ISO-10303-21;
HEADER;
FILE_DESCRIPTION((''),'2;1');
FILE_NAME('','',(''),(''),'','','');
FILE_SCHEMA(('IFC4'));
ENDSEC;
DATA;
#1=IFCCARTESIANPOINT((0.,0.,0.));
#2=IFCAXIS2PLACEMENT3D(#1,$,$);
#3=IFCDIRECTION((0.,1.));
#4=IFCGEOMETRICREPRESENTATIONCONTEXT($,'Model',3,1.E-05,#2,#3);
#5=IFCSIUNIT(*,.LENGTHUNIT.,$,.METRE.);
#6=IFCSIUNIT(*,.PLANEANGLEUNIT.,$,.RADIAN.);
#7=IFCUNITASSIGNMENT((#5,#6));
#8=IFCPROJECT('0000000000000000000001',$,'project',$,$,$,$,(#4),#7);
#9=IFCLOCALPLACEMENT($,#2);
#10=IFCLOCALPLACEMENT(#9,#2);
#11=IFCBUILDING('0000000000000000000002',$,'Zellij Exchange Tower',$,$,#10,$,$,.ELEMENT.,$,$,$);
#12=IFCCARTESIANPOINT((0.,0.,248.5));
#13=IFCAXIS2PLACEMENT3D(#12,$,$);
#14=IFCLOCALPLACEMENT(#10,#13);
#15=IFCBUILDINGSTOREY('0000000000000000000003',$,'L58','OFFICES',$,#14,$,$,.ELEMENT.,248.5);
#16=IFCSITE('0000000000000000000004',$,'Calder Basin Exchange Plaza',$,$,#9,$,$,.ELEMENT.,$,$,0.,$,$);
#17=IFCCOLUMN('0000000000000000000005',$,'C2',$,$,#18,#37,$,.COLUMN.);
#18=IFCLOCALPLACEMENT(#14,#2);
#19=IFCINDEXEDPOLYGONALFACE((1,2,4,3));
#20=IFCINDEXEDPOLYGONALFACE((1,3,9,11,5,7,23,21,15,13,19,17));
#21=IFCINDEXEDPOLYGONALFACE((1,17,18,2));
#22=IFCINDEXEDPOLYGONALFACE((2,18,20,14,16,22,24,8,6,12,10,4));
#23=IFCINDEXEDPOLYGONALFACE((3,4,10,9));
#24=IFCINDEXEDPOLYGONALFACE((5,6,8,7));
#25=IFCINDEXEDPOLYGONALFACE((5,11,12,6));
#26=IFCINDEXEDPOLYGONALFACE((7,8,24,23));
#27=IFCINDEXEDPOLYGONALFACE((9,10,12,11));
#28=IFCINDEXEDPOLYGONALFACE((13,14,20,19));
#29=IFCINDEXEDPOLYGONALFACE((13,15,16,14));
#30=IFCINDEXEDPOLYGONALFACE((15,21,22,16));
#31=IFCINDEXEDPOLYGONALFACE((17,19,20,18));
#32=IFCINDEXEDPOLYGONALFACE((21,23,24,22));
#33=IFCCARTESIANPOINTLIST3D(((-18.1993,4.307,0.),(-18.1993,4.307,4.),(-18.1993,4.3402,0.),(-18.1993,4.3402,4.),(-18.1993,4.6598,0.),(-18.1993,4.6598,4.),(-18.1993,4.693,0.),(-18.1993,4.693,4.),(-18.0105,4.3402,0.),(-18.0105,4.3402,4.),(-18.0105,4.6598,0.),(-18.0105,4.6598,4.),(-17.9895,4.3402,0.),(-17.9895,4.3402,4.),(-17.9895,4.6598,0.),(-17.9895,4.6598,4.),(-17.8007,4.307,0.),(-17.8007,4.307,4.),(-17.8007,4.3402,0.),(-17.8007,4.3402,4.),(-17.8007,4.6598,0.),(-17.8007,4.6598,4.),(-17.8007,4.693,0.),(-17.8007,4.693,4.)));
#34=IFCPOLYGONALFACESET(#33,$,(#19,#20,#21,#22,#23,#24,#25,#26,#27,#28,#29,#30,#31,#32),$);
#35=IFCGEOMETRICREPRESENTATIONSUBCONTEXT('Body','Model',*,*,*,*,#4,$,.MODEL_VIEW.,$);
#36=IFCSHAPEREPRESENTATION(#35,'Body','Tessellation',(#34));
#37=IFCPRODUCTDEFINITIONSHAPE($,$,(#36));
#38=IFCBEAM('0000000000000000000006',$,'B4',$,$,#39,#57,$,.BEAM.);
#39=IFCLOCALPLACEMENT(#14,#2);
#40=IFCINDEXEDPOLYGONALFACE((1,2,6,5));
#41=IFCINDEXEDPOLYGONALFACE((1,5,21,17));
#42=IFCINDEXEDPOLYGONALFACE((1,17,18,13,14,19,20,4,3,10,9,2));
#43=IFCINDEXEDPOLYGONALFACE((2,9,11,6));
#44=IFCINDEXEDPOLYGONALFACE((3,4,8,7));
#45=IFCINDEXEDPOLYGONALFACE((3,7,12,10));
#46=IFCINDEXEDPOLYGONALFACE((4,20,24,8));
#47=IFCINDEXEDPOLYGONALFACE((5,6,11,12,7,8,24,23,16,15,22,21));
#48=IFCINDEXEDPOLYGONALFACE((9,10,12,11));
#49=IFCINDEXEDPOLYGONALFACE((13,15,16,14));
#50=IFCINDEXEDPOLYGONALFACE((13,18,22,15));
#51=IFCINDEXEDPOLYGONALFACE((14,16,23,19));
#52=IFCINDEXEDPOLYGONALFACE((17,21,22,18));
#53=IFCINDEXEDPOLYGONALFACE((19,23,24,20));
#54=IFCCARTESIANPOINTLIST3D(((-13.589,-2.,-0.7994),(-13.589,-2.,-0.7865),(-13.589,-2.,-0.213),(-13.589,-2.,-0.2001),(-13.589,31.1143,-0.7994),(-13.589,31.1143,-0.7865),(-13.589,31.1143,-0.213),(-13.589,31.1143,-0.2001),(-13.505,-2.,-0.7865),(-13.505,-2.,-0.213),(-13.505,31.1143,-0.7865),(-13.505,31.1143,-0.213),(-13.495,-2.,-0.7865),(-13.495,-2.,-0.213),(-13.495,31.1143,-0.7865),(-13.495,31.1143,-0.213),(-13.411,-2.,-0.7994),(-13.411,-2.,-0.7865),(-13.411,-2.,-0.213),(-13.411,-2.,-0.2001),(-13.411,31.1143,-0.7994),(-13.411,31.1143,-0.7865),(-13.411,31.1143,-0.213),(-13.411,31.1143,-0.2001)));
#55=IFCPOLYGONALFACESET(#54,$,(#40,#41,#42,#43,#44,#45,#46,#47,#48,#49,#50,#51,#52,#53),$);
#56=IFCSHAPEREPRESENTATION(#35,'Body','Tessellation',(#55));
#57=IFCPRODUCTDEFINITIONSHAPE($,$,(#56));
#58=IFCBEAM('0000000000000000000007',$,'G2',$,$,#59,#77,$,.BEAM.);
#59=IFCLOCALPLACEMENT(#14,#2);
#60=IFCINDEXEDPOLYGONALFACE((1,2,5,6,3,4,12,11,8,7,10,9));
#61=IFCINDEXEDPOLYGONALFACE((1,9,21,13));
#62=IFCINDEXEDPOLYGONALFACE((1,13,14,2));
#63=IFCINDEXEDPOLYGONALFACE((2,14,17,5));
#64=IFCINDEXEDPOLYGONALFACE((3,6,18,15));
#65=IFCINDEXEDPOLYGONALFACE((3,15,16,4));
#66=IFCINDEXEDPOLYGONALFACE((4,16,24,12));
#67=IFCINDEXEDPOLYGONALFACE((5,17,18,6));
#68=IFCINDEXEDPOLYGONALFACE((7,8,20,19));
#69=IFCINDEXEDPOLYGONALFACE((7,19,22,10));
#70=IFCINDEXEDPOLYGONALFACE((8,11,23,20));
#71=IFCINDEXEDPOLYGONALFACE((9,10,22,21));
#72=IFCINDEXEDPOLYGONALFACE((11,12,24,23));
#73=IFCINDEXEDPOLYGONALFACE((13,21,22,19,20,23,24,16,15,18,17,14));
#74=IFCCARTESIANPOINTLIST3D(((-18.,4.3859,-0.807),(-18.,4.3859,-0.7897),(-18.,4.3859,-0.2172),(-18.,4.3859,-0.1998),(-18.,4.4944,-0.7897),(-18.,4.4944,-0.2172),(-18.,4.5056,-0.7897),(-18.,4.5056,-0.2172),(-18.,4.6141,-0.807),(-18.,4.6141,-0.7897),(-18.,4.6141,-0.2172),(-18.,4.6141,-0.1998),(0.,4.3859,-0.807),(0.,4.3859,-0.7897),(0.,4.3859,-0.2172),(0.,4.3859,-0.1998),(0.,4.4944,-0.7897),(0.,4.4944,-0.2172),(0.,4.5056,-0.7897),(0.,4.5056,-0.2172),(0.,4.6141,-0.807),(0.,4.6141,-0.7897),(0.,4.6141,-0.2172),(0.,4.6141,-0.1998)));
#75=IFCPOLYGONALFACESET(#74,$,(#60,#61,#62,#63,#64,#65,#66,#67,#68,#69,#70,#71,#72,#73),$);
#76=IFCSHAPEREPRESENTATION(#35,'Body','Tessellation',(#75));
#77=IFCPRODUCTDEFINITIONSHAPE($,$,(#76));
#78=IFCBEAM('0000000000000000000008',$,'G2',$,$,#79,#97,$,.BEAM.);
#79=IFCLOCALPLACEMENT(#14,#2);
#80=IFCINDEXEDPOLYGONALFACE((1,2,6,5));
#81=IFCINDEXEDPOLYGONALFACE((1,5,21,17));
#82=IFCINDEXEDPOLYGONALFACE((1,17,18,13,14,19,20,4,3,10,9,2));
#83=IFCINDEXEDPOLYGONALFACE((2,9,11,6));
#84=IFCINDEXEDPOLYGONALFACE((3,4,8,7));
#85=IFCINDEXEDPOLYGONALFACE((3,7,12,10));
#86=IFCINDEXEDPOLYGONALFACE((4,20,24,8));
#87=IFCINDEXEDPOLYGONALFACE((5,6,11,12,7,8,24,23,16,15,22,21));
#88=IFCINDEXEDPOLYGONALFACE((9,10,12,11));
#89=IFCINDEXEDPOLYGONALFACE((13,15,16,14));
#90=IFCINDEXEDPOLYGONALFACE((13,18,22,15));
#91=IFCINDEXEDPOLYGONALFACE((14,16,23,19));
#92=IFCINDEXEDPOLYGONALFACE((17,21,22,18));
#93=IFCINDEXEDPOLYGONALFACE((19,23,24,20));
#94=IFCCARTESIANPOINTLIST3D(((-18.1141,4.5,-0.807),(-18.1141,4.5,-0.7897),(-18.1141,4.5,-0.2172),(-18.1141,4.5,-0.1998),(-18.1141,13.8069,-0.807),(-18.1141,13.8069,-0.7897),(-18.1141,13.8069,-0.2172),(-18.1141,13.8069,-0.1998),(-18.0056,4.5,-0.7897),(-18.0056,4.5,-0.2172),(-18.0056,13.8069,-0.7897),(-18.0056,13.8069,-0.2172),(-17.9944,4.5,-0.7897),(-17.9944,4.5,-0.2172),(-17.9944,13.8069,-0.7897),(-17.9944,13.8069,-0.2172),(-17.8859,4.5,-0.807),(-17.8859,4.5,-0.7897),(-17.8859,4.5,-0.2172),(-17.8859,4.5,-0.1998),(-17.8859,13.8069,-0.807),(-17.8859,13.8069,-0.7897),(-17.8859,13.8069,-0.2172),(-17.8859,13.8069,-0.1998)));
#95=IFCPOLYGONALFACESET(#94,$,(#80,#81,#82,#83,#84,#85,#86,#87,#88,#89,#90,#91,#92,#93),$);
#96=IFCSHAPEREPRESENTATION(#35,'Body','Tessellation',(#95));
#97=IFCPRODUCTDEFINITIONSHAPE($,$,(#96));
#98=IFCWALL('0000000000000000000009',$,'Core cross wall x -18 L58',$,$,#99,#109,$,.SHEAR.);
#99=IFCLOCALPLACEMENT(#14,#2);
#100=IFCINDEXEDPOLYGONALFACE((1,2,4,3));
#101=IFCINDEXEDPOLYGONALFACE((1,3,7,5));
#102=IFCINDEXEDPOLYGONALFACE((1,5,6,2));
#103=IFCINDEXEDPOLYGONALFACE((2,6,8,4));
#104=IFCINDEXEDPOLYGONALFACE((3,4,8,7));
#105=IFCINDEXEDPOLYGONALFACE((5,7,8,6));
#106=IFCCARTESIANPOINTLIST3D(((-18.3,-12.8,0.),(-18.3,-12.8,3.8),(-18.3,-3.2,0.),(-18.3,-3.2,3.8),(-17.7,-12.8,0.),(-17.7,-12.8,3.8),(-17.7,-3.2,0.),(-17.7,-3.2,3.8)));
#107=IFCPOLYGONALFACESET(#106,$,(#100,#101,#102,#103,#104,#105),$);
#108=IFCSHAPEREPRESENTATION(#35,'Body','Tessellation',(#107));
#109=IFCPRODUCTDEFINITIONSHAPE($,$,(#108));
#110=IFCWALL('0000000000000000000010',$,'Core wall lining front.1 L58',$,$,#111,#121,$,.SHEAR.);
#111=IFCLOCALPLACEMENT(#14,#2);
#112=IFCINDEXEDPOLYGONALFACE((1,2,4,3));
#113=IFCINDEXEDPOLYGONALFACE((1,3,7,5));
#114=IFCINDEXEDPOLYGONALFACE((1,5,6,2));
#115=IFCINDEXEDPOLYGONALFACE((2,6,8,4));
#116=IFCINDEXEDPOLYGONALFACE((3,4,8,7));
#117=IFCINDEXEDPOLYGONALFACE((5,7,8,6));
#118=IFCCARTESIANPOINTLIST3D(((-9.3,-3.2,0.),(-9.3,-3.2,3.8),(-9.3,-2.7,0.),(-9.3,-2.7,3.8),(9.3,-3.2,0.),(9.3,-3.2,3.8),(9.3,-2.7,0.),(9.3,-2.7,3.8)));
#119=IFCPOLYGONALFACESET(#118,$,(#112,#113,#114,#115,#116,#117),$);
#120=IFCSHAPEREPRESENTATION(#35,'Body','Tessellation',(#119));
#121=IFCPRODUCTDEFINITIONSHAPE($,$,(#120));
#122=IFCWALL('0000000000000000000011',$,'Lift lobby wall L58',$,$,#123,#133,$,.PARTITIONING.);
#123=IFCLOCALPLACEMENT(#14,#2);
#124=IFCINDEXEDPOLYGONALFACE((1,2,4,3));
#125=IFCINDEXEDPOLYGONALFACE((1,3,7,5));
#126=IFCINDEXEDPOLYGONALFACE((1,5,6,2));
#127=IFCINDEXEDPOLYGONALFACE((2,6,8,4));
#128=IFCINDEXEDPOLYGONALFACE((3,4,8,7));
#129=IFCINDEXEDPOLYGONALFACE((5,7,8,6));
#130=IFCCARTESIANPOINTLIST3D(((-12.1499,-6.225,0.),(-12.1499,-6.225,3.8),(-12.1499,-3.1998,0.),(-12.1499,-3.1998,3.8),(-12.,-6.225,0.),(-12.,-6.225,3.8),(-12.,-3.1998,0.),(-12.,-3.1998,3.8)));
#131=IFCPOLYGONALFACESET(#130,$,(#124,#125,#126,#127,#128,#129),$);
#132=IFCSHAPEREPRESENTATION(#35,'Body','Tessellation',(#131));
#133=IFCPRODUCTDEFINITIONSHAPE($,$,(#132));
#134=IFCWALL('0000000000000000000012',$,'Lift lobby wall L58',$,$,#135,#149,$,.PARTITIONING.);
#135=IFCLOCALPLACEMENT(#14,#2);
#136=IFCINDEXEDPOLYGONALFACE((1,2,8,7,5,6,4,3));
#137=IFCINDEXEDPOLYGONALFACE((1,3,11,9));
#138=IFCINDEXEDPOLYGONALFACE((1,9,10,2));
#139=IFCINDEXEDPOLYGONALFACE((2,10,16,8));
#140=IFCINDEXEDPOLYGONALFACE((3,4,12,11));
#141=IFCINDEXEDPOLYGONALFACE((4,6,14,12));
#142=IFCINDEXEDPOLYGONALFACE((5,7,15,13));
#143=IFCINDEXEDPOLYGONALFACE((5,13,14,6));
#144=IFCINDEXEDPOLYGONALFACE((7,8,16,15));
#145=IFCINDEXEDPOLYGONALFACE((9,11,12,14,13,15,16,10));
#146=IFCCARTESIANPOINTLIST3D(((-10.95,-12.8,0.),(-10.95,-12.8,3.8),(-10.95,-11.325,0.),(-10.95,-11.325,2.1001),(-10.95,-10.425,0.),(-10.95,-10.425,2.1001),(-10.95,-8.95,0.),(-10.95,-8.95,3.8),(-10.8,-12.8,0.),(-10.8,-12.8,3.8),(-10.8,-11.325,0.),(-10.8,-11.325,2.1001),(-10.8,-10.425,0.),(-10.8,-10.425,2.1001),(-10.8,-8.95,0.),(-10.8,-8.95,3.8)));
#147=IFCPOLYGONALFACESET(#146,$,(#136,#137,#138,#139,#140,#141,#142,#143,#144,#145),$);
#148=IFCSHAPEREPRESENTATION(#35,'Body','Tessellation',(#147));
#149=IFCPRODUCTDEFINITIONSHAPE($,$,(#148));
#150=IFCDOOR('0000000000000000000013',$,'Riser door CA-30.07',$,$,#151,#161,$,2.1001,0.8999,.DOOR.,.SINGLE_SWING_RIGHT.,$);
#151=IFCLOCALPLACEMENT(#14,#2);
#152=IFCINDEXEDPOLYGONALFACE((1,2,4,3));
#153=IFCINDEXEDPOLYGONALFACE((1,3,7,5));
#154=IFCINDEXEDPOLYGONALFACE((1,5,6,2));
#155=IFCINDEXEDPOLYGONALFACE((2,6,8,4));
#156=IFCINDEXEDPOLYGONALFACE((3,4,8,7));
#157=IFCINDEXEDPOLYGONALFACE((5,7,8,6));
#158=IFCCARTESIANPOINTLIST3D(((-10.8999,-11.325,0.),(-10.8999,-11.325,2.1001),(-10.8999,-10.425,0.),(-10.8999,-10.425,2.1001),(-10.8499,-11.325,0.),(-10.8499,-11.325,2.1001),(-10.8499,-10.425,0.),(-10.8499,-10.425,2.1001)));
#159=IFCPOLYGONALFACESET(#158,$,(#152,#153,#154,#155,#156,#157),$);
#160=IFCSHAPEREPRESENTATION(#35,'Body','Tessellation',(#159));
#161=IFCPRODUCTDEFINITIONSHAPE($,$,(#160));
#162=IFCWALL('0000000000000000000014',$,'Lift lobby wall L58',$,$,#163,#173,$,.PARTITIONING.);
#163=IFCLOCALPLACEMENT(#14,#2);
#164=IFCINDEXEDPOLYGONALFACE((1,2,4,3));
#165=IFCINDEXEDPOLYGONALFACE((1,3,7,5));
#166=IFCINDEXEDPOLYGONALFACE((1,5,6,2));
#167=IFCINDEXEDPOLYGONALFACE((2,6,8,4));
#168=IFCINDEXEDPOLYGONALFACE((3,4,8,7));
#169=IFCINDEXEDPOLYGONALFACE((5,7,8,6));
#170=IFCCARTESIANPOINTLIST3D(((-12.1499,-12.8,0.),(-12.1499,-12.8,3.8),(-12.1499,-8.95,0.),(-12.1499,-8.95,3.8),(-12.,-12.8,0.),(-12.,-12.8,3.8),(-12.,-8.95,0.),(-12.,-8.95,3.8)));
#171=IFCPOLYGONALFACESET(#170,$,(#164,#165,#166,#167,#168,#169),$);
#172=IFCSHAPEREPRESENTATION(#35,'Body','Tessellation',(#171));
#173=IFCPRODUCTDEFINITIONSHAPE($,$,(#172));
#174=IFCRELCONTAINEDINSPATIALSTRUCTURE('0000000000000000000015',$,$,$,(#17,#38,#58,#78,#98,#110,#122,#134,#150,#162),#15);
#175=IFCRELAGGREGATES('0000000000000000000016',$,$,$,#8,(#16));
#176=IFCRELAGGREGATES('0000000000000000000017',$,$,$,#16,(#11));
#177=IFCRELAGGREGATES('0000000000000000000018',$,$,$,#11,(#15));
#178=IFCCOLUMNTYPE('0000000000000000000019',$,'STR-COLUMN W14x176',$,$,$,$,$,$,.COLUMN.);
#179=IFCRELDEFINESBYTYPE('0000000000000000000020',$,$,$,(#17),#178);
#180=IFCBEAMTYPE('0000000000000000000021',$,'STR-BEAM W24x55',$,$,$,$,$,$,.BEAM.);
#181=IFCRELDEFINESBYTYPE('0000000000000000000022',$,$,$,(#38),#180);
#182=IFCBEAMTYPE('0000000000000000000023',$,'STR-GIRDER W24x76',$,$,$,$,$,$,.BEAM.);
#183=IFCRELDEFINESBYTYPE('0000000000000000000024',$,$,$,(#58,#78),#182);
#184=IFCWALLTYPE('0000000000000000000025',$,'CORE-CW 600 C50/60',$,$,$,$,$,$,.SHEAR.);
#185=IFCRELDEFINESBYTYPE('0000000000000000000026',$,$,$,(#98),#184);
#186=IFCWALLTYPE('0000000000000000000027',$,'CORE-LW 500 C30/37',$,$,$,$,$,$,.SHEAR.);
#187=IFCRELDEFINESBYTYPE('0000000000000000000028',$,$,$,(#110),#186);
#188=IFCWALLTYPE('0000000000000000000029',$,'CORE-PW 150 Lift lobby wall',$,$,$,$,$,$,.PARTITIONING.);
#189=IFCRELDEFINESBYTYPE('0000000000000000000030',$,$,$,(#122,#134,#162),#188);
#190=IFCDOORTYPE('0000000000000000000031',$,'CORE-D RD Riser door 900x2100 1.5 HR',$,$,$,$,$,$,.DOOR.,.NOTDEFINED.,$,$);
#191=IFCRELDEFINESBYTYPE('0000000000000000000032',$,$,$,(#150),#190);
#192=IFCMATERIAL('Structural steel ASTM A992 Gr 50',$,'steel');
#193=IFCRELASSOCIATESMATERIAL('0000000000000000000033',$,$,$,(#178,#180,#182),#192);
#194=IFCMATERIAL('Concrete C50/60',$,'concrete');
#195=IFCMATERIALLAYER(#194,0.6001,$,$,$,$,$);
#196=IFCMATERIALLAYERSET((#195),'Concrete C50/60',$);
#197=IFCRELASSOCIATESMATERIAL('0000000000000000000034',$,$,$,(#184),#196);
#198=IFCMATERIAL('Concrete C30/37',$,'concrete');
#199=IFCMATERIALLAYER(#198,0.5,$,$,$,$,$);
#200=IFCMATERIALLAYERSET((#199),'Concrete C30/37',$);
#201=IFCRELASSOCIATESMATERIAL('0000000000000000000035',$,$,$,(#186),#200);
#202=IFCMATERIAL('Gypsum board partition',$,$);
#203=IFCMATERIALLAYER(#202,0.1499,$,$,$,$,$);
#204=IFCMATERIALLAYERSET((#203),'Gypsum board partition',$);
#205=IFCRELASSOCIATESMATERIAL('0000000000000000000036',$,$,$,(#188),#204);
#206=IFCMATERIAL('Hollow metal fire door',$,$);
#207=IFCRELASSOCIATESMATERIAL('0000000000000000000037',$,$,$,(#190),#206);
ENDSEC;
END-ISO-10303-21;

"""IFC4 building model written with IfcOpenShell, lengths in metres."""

from ifc_helpers import new_model, si_unit, direction, frame, frame_2d, origin, origin_2d, place, context, subcontext, project, spatial, rectangle, i_section, extrude, material, layer, layer_set, material_profile, profile_set, type_object, element, fill, save


model = new_model("IFC4")

# Units and contexts
model_context = context("Model", 3, precision=1e-05, world=origin(), true_north=direction((0.0, 1.0)))
body_context = subcontext(model_context, "Body", "Model", "MODEL_VIEW")
ifc_project = project(units=[si_unit("LENGTHUNIT", "METRE"), si_unit("PLANEANGLEUNIT", "RADIAN")], contexts=[model_context])

# Site, building, storey
site_placement = place(None, origin())
site = spatial("IfcSite", under=ifc_project, at=site_placement, Name="Calder Basin Exchange Plaza", CompositionType="ELEMENT", RefElevation=0.0)
building_placement = place(site_placement, origin())
building = spatial("IfcBuilding", under=site, at=building_placement, Name="Zellij Exchange Tower", CompositionType="ELEMENT")
storey_placement = place(building_placement, frame((0.0, 0.0, 248.5)))
storey = spatial("IfcBuildingStorey", under=building, at=storey_placement, Name="L58", Description="OFFICES", CompositionType="ELEMENT", Elevation=248.5)

# Column
ifc_material_1 = material(Name="Structural steel ASTM A992 Gr 50", Category="steel")
ifc_material_profile_1 = material_profile(ifc_material_1, i_section(OverallWidth=0.3987, OverallDepth=0.386, WebThickness=0.021, FlangeThickness=0.0332, at=origin_2d()), Name="W14x176")
ifc_profile_set_1 = profile_set([ifc_material_profile_1], Name="Structural steel ASTM A992 Gr 50")
column_type = type_object("IfcColumnType", Name="STR-COLUMN W14x176", PredefinedType="COLUMN", material=ifc_profile_set_1)
column_placement = place(storey_placement, frame((-18.0, 4.5, 0.0), z_axis=(0.0, 0.0, 1.0), x_axis=(1.0, 0.0, 0.0)))
element("IfcColumn", 1, at=column_placement, inside=storey, type_object=column_type, Name="C2", PredefinedType="COLUMN", context=body_context, shape_type="SweptSolid", body=[
    extrude(i_section(OverallWidth=0.3987, OverallDepth=0.386, WebThickness=0.021, FlangeThickness=0.0332, at=origin_2d()), origin(), (0.0, 0.0, 1.0), 4.0),
])

# Beams
ifc_material_profile_2 = material_profile(ifc_material_1, i_section(OverallWidth=0.178, OverallDepth=0.5994, WebThickness=0.01, FlangeThickness=0.0129, at=origin_2d()), Name="W24x55")
ifc_profile_set_2 = profile_set([ifc_material_profile_2], Name="Structural steel ASTM A992 Gr 50")
beam_type_1 = type_object("IfcBeamType", Name="STR-BEAM W24x55", PredefinedType="BEAM", material=ifc_profile_set_2)
beam_1_placement = place(storey_placement, frame((-13.5, -2.0, -0.4998), z_axis=(0.0, 1.0, 0.0), x_axis=(-1.0, 0.0, 0.0)))
element("IfcBeam", 2, at=beam_1_placement, inside=storey, type_object=beam_type_1, Name="B4", PredefinedType="BEAM", context=body_context, shape_type="SweptSolid", body=[
    extrude(i_section(OverallWidth=0.178, OverallDepth=0.5994, WebThickness=0.01, FlangeThickness=0.0129, at=origin_2d()), origin(), (0.0, 0.0, 1.0), 33.1143),
])
ifc_material_profile_3 = material_profile(ifc_material_1, i_section(OverallWidth=0.2283, OverallDepth=0.6072, WebThickness=0.0112, FlangeThickness=0.0173, at=origin_2d()), Name="W24x76")
ifc_profile_set_3 = profile_set([ifc_material_profile_3], Name="Structural steel ASTM A992 Gr 50")
beam_type_2 = type_object("IfcBeamType", Name="STR-GIRDER W24x76", PredefinedType="BEAM", material=ifc_profile_set_3)
beam_2_placement = place(storey_placement, frame((-18.0, 4.5, -0.5034), z_axis=(1.0, 0.0, 0.0), x_axis=(0.0, 1.0, 0.0)))
element("IfcBeam", 3, at=beam_2_placement, inside=storey, type_object=beam_type_2, Name="G2", PredefinedType="BEAM", context=body_context, shape_type="SweptSolid", body=[
    extrude(i_section(OverallWidth=0.2283, OverallDepth=0.6072, WebThickness=0.0112, FlangeThickness=0.0173, at=origin_2d()), origin(), (0.0, 0.0, 1.0), 18.0),
])
beam_3_placement = place(storey_placement, frame((-18.0, 4.5, -0.5034), z_axis=(0.0, 1.0, 0.0), x_axis=(-1.0, 0.0, 0.0)))
element("IfcBeam", 4, at=beam_3_placement, inside=storey, type_object=beam_type_2, Name="G2", PredefinedType="BEAM", context=body_context, shape_type="SweptSolid", body=[
    extrude(i_section(OverallWidth=0.2283, OverallDepth=0.6072, WebThickness=0.0112, FlangeThickness=0.0173, at=origin_2d()), origin(), (0.0, 0.0, 1.0), 9.3069),
])

# Walls
ifc_material_2 = material(Name="Concrete C50/60", Category="concrete")
ifc_layer_1 = layer(ifc_material_2, 0.6001)
ifc_layer_set_1 = layer_set([ifc_layer_1], Name="Concrete C50/60")
wall_type_1 = type_object("IfcWallType", Name="CORE-CW 600 C50/60", PredefinedType="SHEAR", material=ifc_layer_set_1)
wall_1_placement = place(storey_placement, frame((-18.0, -12.8, 0.0), z_axis=(0.0, 0.0, 1.0), x_axis=(0.0, 1.0, 0.0)))
element("IfcWall", 5, at=wall_1_placement, inside=storey, type_object=wall_type_1, Name="Core cross wall x -18 L58", PredefinedType="SHEAR", context=body_context, shape_type="SweptSolid", body=[
    extrude(rectangle(XDim=9.6001, YDim=0.6001, at=frame_2d((4.8, 0.0))), origin(), (0.0, 0.0, 1.0), 3.8),
])
ifc_material_3 = material(Name="Concrete C30/37", Category="concrete")
ifc_layer_2 = layer(ifc_material_3, 0.5)
ifc_layer_set_2 = layer_set([ifc_layer_2], Name="Concrete C30/37")
wall_type_2 = type_object("IfcWallType", Name="CORE-LW 500 C30/37", PredefinedType="SHEAR", material=ifc_layer_set_2)
wall_2_placement = place(storey_placement, frame((-9.3, -2.95, 0.0), z_axis=(0.0, 0.0, 1.0), x_axis=(1.0, 0.0, 0.0)))
element("IfcWall", 6, at=wall_2_placement, inside=storey, type_object=wall_type_2, Name="Core wall lining front.1 L58", PredefinedType="SHEAR", context=body_context, shape_type="SweptSolid", body=[
    extrude(rectangle(XDim=18.6001, YDim=0.5, at=frame_2d((9.3, 0.0))), origin(), (0.0, 0.0, 1.0), 3.8),
])
ifc_material_4 = material(Name="Gypsum board partition")
ifc_layer_3 = layer(ifc_material_4, 0.1499)
ifc_layer_set_3 = layer_set([ifc_layer_3], Name="Gypsum board partition")
wall_type_3 = type_object("IfcWallType", Name="CORE-PW 150 Lift lobby wall", PredefinedType="PARTITIONING", material=ifc_layer_set_3)
wall_3_placement = place(storey_placement, frame((-12.075, -6.2251, 0.0), z_axis=(0.0, 0.0, 1.0), x_axis=(0.0, 1.0, 0.0)))
element("IfcWall", 7, at=wall_3_placement, inside=storey, type_object=wall_type_3, Name="Lift lobby wall L58", PredefinedType="PARTITIONING", context=body_context, shape_type="SweptSolid", body=[
    extrude(rectangle(XDim=3.0251, YDim=0.1499, at=frame_2d((1.5127, 0.0))), origin(), (0.0, 0.0, 1.0), 3.8),
])

# Wall, opening, door
wall_4_placement = place(storey_placement, frame((-10.875, -12.8, 0.0), z_axis=(0.0, 0.0, 1.0), x_axis=(0.0, 1.0, 0.0)))
wall_4 = element("IfcWall", 8, at=wall_4_placement, inside=storey, type_object=wall_type_3, Name="Lift lobby wall L58", PredefinedType="PARTITIONING", context=body_context, shape_type="SweptSolid", body=[
    extrude(rectangle(XDim=3.8501, YDim=0.1499, at=frame_2d((1.925, 0.0))), origin(), (0.0, 0.0, 1.0), 3.8),
])
opening_1_placement = place(wall_4_placement, frame((1.4751, 0.0, 0.0)))
opening_1 = element("IfcOpeningElement", 9, at=opening_1_placement, cuts=wall_4, PredefinedType="OPENING", context=body_context, shape_type="SweptSolid", body=[
    extrude(rectangle(XDim=0.8999, YDim=2.1001, at=frame_2d((0.45, 1.05))), frame((0.0, 0.0869, 0.0), z_axis=(0.0, -1.0, 0.0), x_axis=(1.0, 0.0, 0.0)), (0.0, 0.0, 1.0), 0.1738),
])
ifc_material_5 = material(Name="Hollow metal fire door")
door_type_1 = type_object("IfcDoorType", Name="CORE-D RD Riser door 900x2100 1.5 HR", OperationType="NOTDEFINED", PredefinedType="DOOR", material=ifc_material_5)
door_1_placement = place(opening_1_placement, origin())
door_1 = element("IfcDoor", 10, at=door_1_placement, inside=storey, type_object=door_type_1, Name="Riser door CA-30.07", OperationType="SINGLE_SWING_RIGHT", OverallHeight=2.1001, OverallWidth=0.8999, PredefinedType="DOOR", context=body_context, shape_type="SweptSolid", body=[
    extrude(rectangle(XDim=0.8999, YDim=2.1001, at=frame_2d((0.45, 1.05))), frame((0.0, 0.0249, 0.0), z_axis=(0.0, -1.0, 0.0), x_axis=(1.0, 0.0, 0.0)), (0.0, 0.0, 1.0), 0.05),
])
fill(opening_1, door_1)

# Wall
wall_5_placement = place(storey_placement, frame((-12.075, -12.8, 0.0), z_axis=(0.0, 0.0, 1.0), x_axis=(0.0, 1.0, 0.0)))
element("IfcWall", 11, at=wall_5_placement, inside=storey, type_object=wall_type_3, Name="Lift lobby wall L58", PredefinedType="PARTITIONING", context=body_context, shape_type="SweptSolid", body=[
    extrude(rectangle(XDim=3.8501, YDim=0.1499, at=frame_2d((1.925, 0.0))), origin(), (0.0, 0.0, 1.0), 3.8),
])

save(model, "model.ifc")
